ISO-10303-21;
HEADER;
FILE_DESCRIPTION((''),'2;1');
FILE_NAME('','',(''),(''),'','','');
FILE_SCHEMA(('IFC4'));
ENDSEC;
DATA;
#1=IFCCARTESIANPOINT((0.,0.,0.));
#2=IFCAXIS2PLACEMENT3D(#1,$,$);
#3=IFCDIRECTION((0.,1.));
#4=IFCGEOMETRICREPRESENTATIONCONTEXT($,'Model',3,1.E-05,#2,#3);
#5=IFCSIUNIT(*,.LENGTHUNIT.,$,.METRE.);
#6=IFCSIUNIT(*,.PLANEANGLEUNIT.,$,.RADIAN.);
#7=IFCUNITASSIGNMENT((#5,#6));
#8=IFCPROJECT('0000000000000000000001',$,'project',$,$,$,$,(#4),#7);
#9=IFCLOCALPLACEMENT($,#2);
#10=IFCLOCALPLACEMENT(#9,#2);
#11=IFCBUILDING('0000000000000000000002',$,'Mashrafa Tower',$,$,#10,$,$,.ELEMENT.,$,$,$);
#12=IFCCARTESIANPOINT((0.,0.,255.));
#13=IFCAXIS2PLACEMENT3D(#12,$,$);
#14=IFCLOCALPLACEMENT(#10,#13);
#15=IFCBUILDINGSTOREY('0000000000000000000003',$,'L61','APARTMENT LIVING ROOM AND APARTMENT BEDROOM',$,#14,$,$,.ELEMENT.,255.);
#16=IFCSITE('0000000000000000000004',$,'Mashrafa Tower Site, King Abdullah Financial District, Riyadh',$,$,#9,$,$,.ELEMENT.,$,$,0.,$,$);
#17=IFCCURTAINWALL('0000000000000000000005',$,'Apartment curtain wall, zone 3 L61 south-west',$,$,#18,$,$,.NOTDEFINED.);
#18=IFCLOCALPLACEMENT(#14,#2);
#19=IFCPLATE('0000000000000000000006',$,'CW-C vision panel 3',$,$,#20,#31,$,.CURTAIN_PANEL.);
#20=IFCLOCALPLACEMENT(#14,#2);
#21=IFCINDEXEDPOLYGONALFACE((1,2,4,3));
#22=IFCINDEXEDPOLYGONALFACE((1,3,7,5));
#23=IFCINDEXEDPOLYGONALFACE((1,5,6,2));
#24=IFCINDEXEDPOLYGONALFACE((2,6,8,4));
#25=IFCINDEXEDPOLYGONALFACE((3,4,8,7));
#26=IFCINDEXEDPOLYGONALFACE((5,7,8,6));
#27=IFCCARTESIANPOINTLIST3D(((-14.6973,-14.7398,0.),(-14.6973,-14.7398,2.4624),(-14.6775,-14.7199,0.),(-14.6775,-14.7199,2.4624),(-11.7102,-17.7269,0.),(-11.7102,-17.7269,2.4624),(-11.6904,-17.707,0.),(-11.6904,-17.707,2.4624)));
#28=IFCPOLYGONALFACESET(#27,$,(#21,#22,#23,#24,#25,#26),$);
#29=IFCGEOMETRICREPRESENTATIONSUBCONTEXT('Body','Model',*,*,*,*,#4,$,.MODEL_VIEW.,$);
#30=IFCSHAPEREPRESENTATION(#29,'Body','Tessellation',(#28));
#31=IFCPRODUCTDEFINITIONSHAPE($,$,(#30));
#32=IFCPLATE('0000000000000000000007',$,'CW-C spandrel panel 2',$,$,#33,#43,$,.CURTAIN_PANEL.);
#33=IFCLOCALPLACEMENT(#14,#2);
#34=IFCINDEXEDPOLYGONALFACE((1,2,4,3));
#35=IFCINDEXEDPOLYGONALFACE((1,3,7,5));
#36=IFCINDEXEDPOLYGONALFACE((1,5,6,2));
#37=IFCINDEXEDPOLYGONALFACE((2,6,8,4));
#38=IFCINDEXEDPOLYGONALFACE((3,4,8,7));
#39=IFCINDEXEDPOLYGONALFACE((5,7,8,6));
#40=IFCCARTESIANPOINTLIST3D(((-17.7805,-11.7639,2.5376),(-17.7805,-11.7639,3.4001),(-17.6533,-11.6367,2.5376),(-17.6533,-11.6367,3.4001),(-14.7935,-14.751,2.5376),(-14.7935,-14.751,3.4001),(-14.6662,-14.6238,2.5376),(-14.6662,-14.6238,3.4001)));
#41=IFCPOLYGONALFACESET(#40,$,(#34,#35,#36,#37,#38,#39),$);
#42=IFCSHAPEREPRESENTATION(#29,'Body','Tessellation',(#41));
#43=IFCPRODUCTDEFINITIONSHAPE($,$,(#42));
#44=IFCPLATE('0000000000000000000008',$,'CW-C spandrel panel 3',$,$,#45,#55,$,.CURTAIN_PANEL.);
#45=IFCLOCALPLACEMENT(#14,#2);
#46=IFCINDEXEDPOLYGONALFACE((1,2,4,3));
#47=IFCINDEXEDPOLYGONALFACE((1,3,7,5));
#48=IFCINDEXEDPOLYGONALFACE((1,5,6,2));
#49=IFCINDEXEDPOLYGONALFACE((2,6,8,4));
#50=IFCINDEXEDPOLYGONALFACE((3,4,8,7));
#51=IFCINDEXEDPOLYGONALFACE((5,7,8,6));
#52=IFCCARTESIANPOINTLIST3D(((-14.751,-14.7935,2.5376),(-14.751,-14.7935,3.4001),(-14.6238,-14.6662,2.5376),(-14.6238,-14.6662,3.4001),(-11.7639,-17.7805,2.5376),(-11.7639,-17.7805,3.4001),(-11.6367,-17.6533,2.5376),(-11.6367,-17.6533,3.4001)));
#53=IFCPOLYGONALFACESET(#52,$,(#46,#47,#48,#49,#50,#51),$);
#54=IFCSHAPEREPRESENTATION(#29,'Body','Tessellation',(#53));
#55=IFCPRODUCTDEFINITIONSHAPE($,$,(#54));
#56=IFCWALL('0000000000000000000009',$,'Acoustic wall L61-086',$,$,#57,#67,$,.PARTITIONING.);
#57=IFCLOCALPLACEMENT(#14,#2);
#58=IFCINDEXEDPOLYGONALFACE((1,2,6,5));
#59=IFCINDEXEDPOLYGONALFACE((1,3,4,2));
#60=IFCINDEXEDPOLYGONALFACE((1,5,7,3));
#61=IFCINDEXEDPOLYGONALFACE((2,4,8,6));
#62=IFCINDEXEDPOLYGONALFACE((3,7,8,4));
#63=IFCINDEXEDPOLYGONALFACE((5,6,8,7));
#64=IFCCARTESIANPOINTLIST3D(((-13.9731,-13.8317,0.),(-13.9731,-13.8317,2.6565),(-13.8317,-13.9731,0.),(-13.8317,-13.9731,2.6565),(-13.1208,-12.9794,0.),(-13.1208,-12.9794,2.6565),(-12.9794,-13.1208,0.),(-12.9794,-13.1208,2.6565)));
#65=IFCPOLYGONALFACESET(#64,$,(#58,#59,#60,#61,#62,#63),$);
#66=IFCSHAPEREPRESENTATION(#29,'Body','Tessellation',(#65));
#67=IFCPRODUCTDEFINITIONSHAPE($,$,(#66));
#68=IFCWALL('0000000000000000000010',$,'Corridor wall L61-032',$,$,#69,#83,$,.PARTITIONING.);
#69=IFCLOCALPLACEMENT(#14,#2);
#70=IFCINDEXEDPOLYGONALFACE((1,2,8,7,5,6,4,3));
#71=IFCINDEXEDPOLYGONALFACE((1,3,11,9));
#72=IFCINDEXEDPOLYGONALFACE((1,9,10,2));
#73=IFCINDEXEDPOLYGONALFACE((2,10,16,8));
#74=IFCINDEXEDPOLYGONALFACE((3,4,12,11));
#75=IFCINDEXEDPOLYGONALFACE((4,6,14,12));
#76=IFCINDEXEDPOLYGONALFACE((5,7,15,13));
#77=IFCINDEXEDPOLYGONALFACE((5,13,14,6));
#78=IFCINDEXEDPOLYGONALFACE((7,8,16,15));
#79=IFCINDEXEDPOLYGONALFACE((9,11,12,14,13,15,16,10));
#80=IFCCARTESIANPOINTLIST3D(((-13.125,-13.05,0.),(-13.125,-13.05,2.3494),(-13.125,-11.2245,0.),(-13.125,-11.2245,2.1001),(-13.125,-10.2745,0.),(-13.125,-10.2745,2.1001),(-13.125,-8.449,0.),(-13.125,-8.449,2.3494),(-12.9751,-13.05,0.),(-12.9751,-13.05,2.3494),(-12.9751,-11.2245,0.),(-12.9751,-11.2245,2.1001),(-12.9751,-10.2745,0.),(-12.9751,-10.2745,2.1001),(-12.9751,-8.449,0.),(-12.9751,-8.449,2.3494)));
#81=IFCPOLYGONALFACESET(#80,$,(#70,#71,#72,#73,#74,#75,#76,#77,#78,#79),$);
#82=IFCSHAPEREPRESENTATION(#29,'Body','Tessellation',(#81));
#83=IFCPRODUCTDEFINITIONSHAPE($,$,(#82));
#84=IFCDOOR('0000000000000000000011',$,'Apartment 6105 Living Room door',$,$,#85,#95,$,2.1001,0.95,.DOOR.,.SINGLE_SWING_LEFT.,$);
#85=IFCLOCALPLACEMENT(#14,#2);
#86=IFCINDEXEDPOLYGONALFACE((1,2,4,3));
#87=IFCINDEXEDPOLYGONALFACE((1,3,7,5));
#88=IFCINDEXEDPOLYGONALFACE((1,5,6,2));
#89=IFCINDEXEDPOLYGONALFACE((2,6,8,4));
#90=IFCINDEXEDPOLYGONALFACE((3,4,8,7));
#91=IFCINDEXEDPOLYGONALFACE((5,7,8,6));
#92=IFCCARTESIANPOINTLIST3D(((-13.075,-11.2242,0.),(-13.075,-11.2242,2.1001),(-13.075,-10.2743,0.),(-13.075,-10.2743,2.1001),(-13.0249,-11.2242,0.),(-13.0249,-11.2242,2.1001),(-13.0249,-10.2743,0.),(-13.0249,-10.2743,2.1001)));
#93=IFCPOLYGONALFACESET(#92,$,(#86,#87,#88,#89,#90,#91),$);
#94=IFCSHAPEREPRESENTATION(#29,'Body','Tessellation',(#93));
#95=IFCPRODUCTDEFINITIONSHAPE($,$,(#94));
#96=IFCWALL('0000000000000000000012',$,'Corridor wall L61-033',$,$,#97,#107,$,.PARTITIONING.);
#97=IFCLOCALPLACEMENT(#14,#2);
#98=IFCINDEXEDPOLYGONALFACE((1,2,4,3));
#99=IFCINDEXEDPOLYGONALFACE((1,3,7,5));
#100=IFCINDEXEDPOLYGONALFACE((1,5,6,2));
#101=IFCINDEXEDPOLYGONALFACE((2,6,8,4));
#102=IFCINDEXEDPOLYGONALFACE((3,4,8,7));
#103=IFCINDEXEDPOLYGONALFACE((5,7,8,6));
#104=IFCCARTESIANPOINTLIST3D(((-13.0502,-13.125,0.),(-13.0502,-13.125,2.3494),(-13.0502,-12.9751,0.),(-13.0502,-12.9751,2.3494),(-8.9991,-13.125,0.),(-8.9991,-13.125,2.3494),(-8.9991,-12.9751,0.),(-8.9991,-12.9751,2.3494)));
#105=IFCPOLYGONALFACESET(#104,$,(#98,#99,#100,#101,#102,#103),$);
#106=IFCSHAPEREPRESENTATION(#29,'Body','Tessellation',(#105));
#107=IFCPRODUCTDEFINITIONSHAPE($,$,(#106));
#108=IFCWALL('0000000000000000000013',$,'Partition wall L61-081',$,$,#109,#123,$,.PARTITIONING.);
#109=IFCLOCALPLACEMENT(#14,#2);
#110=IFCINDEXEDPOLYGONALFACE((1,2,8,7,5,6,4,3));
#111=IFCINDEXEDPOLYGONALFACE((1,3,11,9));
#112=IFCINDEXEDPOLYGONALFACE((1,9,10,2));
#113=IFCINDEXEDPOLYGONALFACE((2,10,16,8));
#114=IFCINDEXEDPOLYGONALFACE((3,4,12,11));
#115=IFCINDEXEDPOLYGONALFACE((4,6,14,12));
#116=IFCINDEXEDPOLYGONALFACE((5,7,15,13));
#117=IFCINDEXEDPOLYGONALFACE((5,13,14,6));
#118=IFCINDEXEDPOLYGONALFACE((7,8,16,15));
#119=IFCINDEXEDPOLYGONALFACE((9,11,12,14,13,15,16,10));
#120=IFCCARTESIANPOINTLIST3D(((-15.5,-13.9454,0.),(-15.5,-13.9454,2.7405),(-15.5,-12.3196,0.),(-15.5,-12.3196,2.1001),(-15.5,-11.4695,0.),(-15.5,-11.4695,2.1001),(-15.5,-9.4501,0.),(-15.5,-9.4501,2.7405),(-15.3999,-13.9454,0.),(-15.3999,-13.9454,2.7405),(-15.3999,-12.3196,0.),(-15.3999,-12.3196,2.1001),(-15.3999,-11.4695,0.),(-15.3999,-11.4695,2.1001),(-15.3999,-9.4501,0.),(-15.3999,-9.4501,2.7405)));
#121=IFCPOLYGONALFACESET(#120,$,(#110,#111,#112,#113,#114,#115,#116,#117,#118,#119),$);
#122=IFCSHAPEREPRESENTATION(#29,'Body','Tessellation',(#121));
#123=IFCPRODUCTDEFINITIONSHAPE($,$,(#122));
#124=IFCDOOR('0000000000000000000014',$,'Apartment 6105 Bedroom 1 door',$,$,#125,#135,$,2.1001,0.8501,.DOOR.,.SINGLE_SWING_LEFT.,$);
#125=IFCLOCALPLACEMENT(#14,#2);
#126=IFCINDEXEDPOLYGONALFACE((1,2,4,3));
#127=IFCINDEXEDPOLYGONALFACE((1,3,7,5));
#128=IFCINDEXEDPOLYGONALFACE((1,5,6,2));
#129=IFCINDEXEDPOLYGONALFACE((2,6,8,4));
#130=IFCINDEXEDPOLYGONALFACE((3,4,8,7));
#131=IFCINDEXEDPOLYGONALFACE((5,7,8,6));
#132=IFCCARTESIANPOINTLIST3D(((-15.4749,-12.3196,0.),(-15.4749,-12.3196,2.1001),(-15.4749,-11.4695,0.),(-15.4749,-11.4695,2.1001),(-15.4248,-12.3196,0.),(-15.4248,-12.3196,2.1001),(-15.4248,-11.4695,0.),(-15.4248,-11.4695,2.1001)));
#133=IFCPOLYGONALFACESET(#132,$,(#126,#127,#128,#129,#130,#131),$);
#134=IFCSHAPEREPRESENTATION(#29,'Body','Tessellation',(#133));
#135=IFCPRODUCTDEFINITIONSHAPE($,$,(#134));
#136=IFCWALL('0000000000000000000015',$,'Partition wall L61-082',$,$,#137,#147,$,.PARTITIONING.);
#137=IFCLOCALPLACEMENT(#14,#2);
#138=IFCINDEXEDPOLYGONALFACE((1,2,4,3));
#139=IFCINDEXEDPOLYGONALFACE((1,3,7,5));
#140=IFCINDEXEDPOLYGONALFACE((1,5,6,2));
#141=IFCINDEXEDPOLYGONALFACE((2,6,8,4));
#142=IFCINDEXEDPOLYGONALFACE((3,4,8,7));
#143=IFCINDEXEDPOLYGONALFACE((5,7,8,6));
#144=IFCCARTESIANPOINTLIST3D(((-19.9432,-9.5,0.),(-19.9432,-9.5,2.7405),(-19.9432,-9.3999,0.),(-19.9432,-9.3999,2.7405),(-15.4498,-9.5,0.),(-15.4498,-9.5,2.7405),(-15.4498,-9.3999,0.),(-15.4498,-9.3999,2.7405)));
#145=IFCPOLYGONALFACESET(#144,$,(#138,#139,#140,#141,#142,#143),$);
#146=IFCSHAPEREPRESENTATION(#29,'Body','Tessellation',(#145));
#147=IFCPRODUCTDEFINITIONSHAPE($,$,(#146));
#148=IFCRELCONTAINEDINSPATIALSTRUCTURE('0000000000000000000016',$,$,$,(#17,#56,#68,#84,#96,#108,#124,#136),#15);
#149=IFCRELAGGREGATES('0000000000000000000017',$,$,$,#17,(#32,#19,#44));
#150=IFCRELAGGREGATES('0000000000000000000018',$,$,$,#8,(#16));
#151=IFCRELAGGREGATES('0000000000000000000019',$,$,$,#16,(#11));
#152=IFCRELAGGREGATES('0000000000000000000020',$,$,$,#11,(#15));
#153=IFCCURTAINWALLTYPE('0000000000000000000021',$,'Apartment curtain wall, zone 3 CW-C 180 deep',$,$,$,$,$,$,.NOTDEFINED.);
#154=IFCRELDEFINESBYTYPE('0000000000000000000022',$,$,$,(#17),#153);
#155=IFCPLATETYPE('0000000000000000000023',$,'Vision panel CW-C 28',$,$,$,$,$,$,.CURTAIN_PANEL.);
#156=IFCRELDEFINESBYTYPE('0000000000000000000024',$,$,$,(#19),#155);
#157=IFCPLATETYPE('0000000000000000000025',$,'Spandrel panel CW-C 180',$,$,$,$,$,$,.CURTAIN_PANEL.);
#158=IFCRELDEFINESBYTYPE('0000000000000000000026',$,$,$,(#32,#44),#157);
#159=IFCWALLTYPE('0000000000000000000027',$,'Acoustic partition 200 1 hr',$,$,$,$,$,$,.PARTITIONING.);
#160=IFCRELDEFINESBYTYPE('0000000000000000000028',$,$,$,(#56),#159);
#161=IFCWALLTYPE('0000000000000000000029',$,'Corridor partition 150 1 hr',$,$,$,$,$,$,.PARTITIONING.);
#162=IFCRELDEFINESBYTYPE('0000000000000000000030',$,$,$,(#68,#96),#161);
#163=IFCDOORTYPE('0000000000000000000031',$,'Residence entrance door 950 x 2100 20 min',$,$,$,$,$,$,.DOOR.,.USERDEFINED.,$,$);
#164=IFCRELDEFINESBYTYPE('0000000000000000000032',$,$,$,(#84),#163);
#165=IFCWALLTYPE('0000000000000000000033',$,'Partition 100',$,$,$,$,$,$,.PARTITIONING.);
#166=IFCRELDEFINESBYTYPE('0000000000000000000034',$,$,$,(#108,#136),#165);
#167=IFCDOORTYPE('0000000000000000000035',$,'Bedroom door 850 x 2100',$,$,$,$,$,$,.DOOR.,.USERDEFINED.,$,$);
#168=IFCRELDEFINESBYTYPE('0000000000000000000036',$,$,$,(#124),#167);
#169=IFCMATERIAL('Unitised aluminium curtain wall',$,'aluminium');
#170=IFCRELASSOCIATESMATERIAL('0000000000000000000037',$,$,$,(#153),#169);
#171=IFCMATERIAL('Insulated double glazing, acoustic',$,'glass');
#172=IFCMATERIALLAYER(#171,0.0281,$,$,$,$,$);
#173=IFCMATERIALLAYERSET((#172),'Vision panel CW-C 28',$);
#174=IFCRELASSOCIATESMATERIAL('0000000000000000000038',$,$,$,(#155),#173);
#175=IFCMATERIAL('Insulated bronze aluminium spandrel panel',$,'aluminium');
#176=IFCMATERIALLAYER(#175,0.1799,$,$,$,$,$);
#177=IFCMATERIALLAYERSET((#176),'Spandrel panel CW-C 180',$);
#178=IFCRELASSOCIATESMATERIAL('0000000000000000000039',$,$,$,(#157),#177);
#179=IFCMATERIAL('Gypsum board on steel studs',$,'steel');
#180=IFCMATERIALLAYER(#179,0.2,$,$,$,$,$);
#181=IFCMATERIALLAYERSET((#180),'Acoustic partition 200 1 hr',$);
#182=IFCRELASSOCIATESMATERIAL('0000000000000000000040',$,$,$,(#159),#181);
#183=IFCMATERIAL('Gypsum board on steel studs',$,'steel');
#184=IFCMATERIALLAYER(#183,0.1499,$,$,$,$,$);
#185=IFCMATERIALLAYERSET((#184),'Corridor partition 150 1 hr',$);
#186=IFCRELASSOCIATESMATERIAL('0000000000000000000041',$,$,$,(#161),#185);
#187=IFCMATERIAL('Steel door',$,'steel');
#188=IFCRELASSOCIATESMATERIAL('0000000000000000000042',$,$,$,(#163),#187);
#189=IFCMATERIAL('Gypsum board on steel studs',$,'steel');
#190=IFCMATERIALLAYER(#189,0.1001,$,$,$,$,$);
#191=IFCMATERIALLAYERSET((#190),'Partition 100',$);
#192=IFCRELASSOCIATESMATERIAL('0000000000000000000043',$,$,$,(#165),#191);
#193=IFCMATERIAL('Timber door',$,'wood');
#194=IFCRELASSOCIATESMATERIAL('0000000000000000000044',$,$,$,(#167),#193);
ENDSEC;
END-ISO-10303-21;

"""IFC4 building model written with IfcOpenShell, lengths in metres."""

from ifc_helpers import new_model, si_unit, direction, frame, frame_2d, origin, origin_2d, place, context, subcontext, project, spatial, rectangle, extrude, source, transform, mapped, material, layer, layer_set, type_object, element, fill, aggregate, save


model = new_model("IFC4")

# Units and contexts
model_context = context("Model", 3, precision=1e-05, world=origin(), true_north=direction((0.0, 1.0)))
body_context = subcontext(model_context, "Body", "Model", "MODEL_VIEW")
ifc_project = project(units=[si_unit("LENGTHUNIT", "METRE"), si_unit("PLANEANGLEUNIT", "RADIAN")], contexts=[model_context])

# Site, building, storey
site_placement = place(None, origin())
site = spatial("IfcSite", under=ifc_project, at=site_placement, Name="Mashrafa Tower Site, King Abdullah Financial District, Riyadh", CompositionType="ELEMENT", RefElevation=0.0)
building_placement = place(site_placement, origin())
building = spatial("IfcBuilding", under=site, at=building_placement, Name="Mashrafa Tower", CompositionType="ELEMENT")
storey_placement = place(building_placement, frame((0.0, 0.0, 255.0)))
storey = spatial("IfcBuildingStorey", under=building, at=storey_placement, Name="L61", Description="APARTMENT LIVING ROOM AND APARTMENT BEDROOM", CompositionType="ELEMENT", Elevation=255.0)

# Shared definitions
ifc_material_1 = material(Name="Unitised aluminium curtain wall", Category="aluminium")
curtain_wall_type = type_object("IfcCurtainWallType", Name="Apartment curtain wall, zone 3 CW-C 180 deep", PredefinedType="NOTDEFINED", material=ifc_material_1)

# Curtain wall, plates
curtain_wall_1_placement = place(storey_placement, origin())
curtain_wall_1 = element("IfcCurtainWall", 1, at=curtain_wall_1_placement, inside=storey, type_object=curtain_wall_type, Name="Apartment curtain wall, zone 3 L61 south-west", PredefinedType="NOTDEFINED")
ifc_material_2 = material(Name="Insulated double glazing, acoustic", Category="glass")
ifc_layer_1 = layer(ifc_material_2, 0.0281)
ifc_layer_set_1 = layer_set([ifc_layer_1], Name="Vision panel CW-C 28")
plate_type_1 = type_object("IfcPlateType", Name="Vision panel CW-C 28", PredefinedType="CURTAIN_PANEL", material=ifc_layer_set_1)
ifc_material_3 = material(Name="Insulated bronze aluminium spandrel panel", Category="aluminium")
ifc_layer_2 = layer(ifc_material_3, 0.1799)
ifc_layer_set_2 = layer_set([ifc_layer_2], Name="Spandrel panel CW-C 180")
plate_type_2 = type_object("IfcPlateType", Name="Spandrel panel CW-C 180", PredefinedType="CURTAIN_PANEL", material=ifc_layer_set_2)
shared_shape_1 = source(origin(), body_context, "Body", "SweptSolid", [
    extrude(rectangle(XDim=4.2244, YDim=0.0281, at=origin_2d()), origin(), (0.0, 0.0, 1.0), 2.4624),
])
plate_1_placement = place(storey_placement, frame((-13.1938, -16.2234, 0.0), z_axis=(0.0, 0.0, 1.0), x_axis=(0.707107, -0.707107, 0.0)))
plate_1 = element("IfcPlate", 2, at=plate_1_placement, type_object=plate_type_1, Name="CW-C vision panel 3", PredefinedType="CURTAIN_PANEL", context=body_context, shape_type="MappedRepresentation", body=[
    mapped(shared_shape_1, transform((0.0, 0.0, 0.0))),
])
shared_shape_2 = source(origin(), body_context, "Body", "SweptSolid", [
    extrude(rectangle(XDim=4.2244, YDim=0.1799, at=origin_2d()), origin(), (0.0, 0.0, 1.0), 0.8625),
])
plate_2_placement = place(storey_placement, frame((-16.2234, -13.1938, 2.5376), z_axis=(0.0, 0.0, 1.0), x_axis=(0.707107, -0.707107, 0.0)))
plate_2 = element("IfcPlate", 3, at=plate_2_placement, type_object=plate_type_2, Name="CW-C spandrel panel 2", PredefinedType="CURTAIN_PANEL", context=body_context, shape_type="MappedRepresentation", body=[
    mapped(shared_shape_2, transform((0.0, 0.0, 0.0))),
])
plate_3_placement = place(storey_placement, frame((-13.1938, -16.2234, 2.5376), z_axis=(0.0, 0.0, 1.0), x_axis=(0.707107, -0.707107, 0.0)))
plate_3 = element("IfcPlate", 4, at=plate_3_placement, type_object=plate_type_2, Name="CW-C spandrel panel 3", PredefinedType="CURTAIN_PANEL", context=body_context, shape_type="MappedRepresentation", body=[
    mapped(shared_shape_2, transform((0.0, 0.0, 0.0))),
])
aggregate(curtain_wall_1, [plate_2, plate_1, plate_3])

# Wall
ifc_material_4 = material(Name="Gypsum board on steel studs", Category="steel")
ifc_layer_3 = layer(ifc_material_4, 0.2)
ifc_layer_set_3 = layer_set([ifc_layer_3], Name="Acoustic partition 200 1 hr")
wall_type_1 = type_object("IfcWallType", Name="Acoustic partition 200 1 hr", PredefinedType="PARTITIONING", material=ifc_layer_set_3)
wall_1_placement = place(storey_placement, frame((-13.9023, -13.9023, 0.0), z_axis=(0.0, 0.0, 1.0), x_axis=(0.707107, 0.707107, 0.0)))
element("IfcWall", 5, at=wall_1_placement, inside=storey, type_object=wall_type_1, Name="Acoustic wall L61-086", PredefinedType="PARTITIONING", context=body_context, shape_type="SweptSolid", body=[
    extrude(rectangle(XDim=1.2053, YDim=0.2, at=frame_2d((0.6025, 0.0))), origin(), (0.0, 0.0, 1.0), 2.6565),
])

# Wall, opening, door
ifc_material_5 = material(Name="Gypsum board on steel studs", Category="steel")
ifc_layer_4 = layer(ifc_material_5, 0.1499)
ifc_layer_set_4 = layer_set([ifc_layer_4], Name="Corridor partition 150 1 hr")
wall_type_2 = type_object("IfcWallType", Name="Corridor partition 150 1 hr", PredefinedType="PARTITIONING", material=ifc_layer_set_4)
wall_2_placement = place(storey_placement, frame((-13.05, -8.449, 0.0), z_axis=(0.0, 0.0, 1.0), x_axis=(0.0, -1.0, 0.0)))
wall_2 = element("IfcWall", 6, at=wall_2_placement, inside=storey, type_object=wall_type_2, Name="Corridor wall L61-032", PredefinedType="PARTITIONING", context=body_context, shape_type="SweptSolid", body=[
    extrude(rectangle(XDim=4.6011, YDim=0.1499, at=frame_2d((2.3005, 0.0))), origin(), (0.0, 0.0, 1.0), 2.3494),
])
opening_1_placement = place(wall_2_placement, frame((1.8254, 0.0, 0.0)))
opening_1 = element("IfcOpeningElement", 7, at=opening_1_placement, cuts=wall_2, PredefinedType="OPENING", context=body_context, shape_type="SweptSolid", body=[
    extrude(rectangle(XDim=0.95, YDim=2.1001, at=frame_2d((0.4751, 1.05))), frame((0.0, 0.085, 0.0), z_axis=(0.0, -1.0, 0.0), x_axis=(1.0, 0.0, 0.0)), (0.0, 0.0, 1.0), 0.1699),
])
ifc_material_6 = material(Name="Steel door", Category="steel")
door_type_1 = type_object("IfcDoorType", Name="Residence entrance door 950 x 2100 20 min", OperationType="USERDEFINED", PredefinedType="DOOR", material=ifc_material_6)
door_1_placement = place(opening_1_placement, frame((0.95, 0.0, 0.0), z_axis=(0.0, 0.0, 1.0), x_axis=(-1.0, 0.0, 0.0)))
door_1 = element("IfcDoor", 8, at=door_1_placement, inside=storey, type_object=door_type_1, Name="Apartment 6105 Living Room door", OperationType="SINGLE_SWING_LEFT", OverallHeight=2.1001, OverallWidth=0.95, PredefinedType="DOOR", context=body_context, shape_type="SweptSolid", body=[
    extrude(rectangle(XDim=0.95, YDim=2.1001, at=frame_2d((0.4751, 1.05))), frame((0.0, 0.0249, 0.0), z_axis=(0.0, -1.0, 0.0), x_axis=(1.0, 0.0, 0.0)), (0.0, 0.0, 1.0), 0.05),
])
fill(opening_1, door_1)

# Wall
wall_3_placement = place(storey_placement, frame((-13.05, -13.05, 0.0), z_axis=(0.0, 0.0, 1.0), x_axis=(1.0, 0.0, 0.0)))
element("IfcWall", 9, at=wall_3_placement, inside=storey, type_object=wall_type_2, Name="Corridor wall L61-033", PredefinedType="PARTITIONING", context=body_context, shape_type="SweptSolid", body=[
    extrude(rectangle(XDim=4.051, YDim=0.1499, at=frame_2d((2.0254, 0.0))), origin(), (0.0, 0.0, 1.0), 2.3494),
])

# Wall, opening, door
ifc_material_7 = material(Name="Gypsum board on steel studs", Category="steel")
ifc_layer_5 = layer(ifc_material_7, 0.1001)
ifc_layer_set_5 = layer_set([ifc_layer_5], Name="Partition 100")
wall_type_3 = type_object("IfcWallType", Name="Partition 100", PredefinedType="PARTITIONING", material=ifc_layer_set_5)
wall_4_placement = place(storey_placement, frame((-15.45, -13.9453, 0.0), z_axis=(0.0, 0.0, 1.0), x_axis=(0.0, 1.0, 0.0)))
wall_4 = element("IfcWall", 10, at=wall_4_placement, inside=storey, type_object=wall_type_3, Name="Partition wall L61-081", PredefinedType="PARTITIONING", context=body_context, shape_type="SweptSolid", body=[
    extrude(rectangle(XDim=4.4954, YDim=0.1001, at=frame_2d((2.2476, 0.0))), origin(), (0.0, 0.0, 1.0), 2.7405),
])
opening_2_placement = place(wall_4_placement, frame((1.6257, 0.0, 0.0)))
opening_2 = element("IfcOpeningElement", 11, at=opening_2_placement, cuts=wall_4, PredefinedType="OPENING", context=body_context, shape_type="SweptSolid", body=[
    extrude(rectangle(XDim=0.8501, YDim=2.1001, at=frame_2d((0.425, 1.05))), frame((0.0, 0.0601, 0.0), z_axis=(0.0, -1.0, 0.0), x_axis=(1.0, 0.0, 0.0)), (0.0, 0.0, 1.0), 0.1201),
])
ifc_material_8 = material(Name="Timber door", Category="wood")
door_type_2 = type_object("IfcDoorType", Name="Bedroom door 850 x 2100", OperationType="USERDEFINED", PredefinedType="DOOR", material=ifc_material_8)
door_2_placement = place(opening_2_placement, origin())
door_2 = element("IfcDoor", 12, at=door_2_placement, inside=storey, type_object=door_type_2, Name="Apartment 6105 Bedroom 1 door", OperationType="SINGLE_SWING_LEFT", OverallHeight=2.1001, OverallWidth=0.8501, PredefinedType="DOOR", context=body_context, shape_type="SweptSolid", body=[
    extrude(rectangle(XDim=0.8501, YDim=2.1001, at=frame_2d((0.425, 1.05))), frame((0.0, 0.0249, 0.0), z_axis=(0.0, -1.0, 0.0), x_axis=(1.0, 0.0, 0.0)), (0.0, 0.0, 1.0), 0.05),
])
fill(opening_2, door_2)

# Wall
wall_5_placement = place(storey_placement, frame((-15.45, -9.45, 0.0), z_axis=(0.0, 0.0, 1.0), x_axis=(-1.0, 0.0, 0.0)))
element("IfcWall", 13, at=wall_5_placement, inside=storey, type_object=wall_type_3, Name="Partition wall L61-082", PredefinedType="PARTITIONING", context=body_context, shape_type="SweptSolid", body=[
    extrude(rectangle(XDim=4.4934, YDim=0.1001, at=frame_2d((2.2466, 0.0))), origin(), (0.0, 0.0, 1.0), 2.7405),
])

save(model, "model.ifc")
